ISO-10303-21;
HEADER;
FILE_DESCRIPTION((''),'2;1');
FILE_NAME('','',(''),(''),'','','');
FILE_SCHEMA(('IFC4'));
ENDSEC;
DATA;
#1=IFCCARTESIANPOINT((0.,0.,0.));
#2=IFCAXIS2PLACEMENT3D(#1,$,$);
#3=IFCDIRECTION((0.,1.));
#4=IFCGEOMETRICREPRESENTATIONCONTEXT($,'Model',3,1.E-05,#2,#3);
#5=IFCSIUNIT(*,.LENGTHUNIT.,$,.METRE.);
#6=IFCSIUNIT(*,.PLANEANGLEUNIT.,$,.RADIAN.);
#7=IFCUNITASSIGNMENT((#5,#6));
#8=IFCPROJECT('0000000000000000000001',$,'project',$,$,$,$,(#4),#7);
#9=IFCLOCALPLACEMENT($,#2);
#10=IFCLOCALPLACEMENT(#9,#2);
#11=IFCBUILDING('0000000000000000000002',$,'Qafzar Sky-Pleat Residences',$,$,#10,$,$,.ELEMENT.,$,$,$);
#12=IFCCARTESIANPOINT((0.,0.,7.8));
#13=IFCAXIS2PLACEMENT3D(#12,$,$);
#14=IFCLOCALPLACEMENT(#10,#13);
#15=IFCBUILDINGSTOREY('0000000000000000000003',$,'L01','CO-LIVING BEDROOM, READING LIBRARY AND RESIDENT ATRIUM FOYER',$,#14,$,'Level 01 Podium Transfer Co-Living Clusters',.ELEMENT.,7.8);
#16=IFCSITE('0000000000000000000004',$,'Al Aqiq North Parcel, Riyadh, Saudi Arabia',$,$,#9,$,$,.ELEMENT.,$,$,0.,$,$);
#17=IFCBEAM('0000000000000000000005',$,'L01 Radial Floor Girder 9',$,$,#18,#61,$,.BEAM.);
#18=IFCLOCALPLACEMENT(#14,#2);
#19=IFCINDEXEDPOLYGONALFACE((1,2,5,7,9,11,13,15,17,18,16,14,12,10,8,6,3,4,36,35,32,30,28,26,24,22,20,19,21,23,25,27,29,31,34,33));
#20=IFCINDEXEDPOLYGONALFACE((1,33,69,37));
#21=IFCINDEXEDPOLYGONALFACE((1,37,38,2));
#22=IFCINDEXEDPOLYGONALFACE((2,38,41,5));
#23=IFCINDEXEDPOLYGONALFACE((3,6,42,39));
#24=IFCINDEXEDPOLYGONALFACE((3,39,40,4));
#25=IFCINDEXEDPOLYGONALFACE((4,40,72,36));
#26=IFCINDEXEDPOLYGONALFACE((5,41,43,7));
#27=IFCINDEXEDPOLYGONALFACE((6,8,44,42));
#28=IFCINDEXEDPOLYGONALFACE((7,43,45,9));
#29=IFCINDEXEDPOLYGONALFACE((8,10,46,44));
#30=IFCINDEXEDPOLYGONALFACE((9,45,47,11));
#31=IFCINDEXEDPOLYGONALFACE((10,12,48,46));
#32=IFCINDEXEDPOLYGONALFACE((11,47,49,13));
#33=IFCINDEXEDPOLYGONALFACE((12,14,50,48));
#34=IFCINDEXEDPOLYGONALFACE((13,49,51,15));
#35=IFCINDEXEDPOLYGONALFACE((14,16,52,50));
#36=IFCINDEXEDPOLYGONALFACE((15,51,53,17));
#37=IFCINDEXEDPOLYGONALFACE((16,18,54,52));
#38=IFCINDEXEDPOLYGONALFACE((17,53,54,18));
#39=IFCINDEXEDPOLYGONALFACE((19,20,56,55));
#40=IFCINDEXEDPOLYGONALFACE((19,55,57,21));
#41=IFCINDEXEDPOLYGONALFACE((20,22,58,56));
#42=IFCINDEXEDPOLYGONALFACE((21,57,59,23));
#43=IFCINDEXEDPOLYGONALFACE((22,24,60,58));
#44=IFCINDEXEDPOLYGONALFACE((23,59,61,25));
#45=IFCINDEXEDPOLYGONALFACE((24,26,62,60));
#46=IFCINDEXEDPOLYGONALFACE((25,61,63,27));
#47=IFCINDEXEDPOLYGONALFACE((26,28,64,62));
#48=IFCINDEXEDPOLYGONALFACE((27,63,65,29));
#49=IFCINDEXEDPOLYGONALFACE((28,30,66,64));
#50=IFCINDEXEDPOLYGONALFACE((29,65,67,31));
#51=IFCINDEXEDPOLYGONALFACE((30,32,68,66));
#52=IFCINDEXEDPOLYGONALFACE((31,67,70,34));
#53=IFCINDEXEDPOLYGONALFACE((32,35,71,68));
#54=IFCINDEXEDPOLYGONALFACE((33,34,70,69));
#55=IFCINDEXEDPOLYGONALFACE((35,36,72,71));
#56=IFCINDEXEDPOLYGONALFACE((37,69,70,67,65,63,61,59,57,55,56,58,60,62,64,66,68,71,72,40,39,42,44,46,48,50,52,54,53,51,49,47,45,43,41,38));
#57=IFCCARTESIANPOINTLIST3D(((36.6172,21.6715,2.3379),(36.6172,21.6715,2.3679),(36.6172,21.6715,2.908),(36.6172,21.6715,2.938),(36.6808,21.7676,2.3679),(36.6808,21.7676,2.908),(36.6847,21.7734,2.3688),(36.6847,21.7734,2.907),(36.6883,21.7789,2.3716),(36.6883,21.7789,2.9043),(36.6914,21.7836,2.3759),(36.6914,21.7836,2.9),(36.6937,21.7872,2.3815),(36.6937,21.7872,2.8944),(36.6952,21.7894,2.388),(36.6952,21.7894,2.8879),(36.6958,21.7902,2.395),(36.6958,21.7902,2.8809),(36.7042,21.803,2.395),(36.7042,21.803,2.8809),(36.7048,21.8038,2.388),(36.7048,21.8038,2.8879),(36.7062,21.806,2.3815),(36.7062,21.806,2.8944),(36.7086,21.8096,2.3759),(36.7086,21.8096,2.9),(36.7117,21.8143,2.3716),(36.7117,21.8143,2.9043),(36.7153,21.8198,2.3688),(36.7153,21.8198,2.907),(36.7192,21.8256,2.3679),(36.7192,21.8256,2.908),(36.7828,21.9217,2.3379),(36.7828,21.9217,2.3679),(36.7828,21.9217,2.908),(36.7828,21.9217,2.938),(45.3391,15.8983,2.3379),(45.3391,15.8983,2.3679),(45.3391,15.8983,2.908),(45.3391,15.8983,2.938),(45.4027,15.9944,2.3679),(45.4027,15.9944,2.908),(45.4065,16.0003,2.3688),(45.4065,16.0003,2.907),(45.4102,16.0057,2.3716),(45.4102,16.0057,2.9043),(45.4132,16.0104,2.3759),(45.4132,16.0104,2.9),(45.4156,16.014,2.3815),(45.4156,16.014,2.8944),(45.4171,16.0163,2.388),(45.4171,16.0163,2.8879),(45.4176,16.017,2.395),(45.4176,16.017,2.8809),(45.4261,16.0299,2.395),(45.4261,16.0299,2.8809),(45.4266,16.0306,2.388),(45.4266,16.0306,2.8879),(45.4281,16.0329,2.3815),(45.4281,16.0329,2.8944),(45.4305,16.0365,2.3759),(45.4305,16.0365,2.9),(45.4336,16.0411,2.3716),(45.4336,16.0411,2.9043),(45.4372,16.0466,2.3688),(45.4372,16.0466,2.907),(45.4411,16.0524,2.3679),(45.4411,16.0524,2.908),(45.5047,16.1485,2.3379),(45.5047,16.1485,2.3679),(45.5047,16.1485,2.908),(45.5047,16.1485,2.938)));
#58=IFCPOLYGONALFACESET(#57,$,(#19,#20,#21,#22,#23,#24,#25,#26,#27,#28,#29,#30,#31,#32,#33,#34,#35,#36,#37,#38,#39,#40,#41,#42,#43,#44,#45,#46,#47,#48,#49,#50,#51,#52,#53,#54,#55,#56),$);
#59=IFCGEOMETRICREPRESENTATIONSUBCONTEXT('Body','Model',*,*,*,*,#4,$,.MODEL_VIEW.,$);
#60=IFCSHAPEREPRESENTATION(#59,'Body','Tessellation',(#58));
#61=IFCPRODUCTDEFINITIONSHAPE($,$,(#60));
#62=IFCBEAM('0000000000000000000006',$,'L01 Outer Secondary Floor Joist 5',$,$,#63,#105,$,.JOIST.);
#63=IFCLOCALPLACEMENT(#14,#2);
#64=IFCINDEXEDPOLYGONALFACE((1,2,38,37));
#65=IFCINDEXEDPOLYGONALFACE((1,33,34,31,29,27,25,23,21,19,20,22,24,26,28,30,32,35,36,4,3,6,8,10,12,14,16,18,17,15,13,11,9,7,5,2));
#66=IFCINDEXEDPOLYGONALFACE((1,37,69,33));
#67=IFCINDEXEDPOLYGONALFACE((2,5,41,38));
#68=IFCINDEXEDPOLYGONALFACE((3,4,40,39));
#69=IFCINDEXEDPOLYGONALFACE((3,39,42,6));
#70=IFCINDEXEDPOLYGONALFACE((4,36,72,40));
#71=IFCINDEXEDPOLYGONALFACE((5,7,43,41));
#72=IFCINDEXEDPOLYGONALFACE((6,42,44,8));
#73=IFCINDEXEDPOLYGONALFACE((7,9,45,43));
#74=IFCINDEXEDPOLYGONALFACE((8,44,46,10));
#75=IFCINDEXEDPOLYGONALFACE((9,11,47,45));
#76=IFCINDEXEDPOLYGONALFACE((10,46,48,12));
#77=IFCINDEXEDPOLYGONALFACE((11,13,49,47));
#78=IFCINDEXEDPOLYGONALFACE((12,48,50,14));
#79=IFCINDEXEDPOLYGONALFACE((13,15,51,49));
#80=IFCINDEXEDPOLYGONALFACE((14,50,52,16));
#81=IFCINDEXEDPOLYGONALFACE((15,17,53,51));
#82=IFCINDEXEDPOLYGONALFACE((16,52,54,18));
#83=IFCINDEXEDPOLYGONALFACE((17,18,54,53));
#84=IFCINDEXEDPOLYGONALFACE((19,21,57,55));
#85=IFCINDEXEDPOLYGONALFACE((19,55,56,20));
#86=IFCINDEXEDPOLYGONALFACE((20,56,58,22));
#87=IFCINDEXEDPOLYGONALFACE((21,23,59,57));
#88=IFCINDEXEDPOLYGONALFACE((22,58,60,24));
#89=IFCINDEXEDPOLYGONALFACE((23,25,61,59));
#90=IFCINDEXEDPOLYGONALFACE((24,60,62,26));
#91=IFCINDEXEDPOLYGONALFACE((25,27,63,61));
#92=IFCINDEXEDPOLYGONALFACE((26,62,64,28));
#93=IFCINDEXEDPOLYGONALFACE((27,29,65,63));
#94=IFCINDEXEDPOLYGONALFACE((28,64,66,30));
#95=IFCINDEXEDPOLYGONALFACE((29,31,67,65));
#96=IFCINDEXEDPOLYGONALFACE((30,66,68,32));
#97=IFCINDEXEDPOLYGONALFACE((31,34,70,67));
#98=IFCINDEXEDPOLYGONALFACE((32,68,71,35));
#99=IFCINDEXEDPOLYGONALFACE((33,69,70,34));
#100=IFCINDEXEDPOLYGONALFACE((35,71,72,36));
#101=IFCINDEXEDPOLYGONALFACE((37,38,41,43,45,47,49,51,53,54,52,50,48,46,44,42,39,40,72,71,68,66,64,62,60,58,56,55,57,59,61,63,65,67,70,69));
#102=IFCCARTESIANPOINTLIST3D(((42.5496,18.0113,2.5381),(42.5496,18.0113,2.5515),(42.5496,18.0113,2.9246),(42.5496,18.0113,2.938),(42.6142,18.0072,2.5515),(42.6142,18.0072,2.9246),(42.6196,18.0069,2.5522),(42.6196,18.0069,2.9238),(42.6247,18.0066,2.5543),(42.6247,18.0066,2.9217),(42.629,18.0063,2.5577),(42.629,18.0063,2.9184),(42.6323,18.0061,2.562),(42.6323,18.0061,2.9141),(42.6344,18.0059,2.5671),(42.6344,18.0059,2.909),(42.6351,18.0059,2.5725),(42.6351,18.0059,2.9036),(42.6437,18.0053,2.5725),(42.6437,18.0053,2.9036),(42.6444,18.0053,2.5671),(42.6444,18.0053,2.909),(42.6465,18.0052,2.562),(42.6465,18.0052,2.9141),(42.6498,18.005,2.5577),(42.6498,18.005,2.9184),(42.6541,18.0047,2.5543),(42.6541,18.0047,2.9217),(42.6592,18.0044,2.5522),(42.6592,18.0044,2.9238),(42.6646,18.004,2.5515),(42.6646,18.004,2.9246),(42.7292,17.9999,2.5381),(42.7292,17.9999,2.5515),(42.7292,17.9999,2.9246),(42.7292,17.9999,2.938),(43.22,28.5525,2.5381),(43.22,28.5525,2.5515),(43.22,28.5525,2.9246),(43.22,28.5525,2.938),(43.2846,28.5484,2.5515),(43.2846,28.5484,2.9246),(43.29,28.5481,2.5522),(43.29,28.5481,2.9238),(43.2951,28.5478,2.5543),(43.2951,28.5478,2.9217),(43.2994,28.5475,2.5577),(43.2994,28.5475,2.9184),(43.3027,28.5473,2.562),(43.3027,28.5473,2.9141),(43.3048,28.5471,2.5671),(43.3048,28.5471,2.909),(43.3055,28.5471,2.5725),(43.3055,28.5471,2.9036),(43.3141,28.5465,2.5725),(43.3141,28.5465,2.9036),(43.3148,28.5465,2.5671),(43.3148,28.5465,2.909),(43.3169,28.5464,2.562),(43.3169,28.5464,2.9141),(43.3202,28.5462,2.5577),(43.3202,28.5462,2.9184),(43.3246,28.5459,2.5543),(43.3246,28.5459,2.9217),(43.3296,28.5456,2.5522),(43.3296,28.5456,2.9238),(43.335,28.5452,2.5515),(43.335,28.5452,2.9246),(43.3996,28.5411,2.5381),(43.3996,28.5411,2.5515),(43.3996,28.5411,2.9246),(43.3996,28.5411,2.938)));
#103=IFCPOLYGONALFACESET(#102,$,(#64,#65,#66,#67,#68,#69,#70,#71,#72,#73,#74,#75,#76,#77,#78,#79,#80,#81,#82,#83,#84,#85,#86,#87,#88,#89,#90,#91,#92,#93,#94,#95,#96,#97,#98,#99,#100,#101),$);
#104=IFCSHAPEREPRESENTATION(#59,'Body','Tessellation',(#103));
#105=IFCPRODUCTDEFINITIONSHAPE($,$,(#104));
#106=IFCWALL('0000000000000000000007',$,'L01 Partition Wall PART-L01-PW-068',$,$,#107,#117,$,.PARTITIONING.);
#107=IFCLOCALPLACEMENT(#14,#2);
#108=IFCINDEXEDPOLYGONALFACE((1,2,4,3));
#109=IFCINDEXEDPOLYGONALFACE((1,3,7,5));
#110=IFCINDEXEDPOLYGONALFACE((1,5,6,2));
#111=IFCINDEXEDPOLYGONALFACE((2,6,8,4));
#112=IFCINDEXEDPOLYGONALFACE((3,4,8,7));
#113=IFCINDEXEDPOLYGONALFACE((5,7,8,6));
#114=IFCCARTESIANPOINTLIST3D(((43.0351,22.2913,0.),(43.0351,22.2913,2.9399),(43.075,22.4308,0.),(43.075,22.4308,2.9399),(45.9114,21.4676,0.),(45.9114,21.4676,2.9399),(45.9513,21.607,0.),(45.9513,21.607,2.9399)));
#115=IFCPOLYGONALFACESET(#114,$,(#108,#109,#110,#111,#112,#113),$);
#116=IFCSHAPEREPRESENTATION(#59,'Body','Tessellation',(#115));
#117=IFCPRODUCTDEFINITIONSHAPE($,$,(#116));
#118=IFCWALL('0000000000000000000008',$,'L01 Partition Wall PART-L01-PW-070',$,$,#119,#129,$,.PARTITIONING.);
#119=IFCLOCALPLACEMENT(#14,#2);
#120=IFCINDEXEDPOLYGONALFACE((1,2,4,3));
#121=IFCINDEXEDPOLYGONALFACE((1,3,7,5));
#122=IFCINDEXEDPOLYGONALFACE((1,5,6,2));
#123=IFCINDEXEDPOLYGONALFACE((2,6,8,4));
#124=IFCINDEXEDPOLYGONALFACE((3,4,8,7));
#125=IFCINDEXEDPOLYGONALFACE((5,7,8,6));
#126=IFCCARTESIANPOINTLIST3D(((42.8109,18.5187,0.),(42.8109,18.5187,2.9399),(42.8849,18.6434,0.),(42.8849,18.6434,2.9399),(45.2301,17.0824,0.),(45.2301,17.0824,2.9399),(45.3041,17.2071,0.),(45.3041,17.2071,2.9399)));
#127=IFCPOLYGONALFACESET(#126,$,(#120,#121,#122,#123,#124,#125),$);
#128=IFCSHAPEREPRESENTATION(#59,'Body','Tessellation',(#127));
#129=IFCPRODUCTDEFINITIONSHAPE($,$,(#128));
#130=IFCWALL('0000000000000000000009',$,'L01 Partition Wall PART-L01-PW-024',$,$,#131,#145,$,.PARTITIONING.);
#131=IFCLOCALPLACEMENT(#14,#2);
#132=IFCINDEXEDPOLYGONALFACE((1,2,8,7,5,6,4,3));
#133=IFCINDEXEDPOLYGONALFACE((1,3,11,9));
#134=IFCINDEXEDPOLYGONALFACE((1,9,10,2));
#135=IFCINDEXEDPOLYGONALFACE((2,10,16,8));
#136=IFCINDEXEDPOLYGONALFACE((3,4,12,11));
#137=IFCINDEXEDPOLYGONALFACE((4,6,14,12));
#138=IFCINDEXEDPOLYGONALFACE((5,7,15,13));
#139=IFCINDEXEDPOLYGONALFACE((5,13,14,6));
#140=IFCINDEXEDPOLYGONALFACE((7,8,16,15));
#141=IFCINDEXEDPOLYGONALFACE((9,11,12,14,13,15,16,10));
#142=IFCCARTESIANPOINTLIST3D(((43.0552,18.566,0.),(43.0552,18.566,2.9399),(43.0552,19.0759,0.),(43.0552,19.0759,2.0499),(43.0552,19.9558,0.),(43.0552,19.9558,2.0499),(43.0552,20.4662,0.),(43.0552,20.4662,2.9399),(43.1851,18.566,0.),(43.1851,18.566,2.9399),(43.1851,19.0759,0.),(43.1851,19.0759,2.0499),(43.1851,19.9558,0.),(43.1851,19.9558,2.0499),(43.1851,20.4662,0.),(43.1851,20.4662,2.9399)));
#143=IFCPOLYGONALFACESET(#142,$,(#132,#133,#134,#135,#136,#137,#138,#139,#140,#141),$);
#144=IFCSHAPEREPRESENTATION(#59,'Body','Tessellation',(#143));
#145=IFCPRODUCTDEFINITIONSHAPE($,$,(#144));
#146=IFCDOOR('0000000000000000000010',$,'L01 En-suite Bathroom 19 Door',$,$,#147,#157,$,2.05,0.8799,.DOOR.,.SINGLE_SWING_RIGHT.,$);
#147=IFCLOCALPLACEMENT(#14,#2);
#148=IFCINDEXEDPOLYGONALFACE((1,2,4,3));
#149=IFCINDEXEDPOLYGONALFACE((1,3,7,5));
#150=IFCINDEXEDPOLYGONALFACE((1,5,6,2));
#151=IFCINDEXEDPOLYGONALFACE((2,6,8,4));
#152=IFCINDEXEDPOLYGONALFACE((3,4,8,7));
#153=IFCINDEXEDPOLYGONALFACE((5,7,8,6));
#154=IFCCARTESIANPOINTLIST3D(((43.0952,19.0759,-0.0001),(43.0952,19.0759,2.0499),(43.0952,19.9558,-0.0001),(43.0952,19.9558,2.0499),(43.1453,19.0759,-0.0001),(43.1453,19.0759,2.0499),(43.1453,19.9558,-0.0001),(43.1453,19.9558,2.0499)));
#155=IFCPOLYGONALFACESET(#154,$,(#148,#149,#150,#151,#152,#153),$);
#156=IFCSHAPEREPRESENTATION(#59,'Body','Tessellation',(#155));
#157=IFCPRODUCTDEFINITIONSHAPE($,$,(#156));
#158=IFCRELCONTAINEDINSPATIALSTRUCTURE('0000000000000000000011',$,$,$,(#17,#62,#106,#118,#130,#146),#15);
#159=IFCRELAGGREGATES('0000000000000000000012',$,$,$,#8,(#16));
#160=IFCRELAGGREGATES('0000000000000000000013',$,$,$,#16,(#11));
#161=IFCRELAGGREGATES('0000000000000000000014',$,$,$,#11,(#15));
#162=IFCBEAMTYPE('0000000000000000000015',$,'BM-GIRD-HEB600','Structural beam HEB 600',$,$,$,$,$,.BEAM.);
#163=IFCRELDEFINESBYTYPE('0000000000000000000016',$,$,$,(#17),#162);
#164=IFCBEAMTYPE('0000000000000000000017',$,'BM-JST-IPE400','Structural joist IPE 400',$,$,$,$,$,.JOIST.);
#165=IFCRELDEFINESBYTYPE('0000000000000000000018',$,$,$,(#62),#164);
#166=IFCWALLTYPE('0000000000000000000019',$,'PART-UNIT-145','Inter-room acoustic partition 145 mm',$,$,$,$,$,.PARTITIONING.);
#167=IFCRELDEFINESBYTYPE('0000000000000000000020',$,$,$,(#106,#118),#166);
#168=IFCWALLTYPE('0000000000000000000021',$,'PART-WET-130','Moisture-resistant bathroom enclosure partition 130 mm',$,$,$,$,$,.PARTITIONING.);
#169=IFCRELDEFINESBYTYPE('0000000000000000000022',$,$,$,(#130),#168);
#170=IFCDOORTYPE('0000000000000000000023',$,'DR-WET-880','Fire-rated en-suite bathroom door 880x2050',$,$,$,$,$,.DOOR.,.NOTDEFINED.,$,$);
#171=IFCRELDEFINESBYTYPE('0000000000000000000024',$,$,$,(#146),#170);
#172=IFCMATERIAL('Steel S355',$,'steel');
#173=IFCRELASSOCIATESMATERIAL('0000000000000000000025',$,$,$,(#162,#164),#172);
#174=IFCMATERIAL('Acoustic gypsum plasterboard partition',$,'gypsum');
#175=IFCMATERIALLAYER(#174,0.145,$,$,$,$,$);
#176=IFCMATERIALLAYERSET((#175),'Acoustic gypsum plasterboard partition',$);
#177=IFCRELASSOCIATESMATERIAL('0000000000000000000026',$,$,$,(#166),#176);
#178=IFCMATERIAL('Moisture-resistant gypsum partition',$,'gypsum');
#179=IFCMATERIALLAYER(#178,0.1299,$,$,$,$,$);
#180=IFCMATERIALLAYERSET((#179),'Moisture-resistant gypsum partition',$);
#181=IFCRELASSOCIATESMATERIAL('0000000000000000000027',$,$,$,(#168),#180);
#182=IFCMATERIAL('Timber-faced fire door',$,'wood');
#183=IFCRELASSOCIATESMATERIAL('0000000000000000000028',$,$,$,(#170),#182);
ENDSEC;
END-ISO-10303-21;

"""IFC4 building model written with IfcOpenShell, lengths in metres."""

from ifc_helpers import new_model, si_unit, direction, frame, frame_2d, origin, origin_2d, place, context, subcontext, project, spatial, rectangle, i_section, extrude, source, transform, mapped, material, layer, layer_set, material_profile, profile_set, type_object, element, fill, save


model = new_model("IFC4")

# Units and contexts
model_context = context("Model", 3, precision=1e-05, world=origin(), true_north=direction((0.0, 1.0)))
body_context = subcontext(model_context, "Body", "Model", "MODEL_VIEW")
ifc_project = project(units=[si_unit("LENGTHUNIT", "METRE"), si_unit("PLANEANGLEUNIT", "RADIAN")], contexts=[model_context])

# Site, building, storey
site_placement = place(None, origin())
site = spatial("IfcSite", under=ifc_project, at=site_placement, Name="Al Aqiq North Parcel, Riyadh, Saudi Arabia", CompositionType="ELEMENT", RefElevation=0.0)
building_placement = place(site_placement, origin())
building = spatial("IfcBuilding", under=site, at=building_placement, Name="Qafzar Sky-Pleat Residences", CompositionType="ELEMENT")
storey_placement = place(building_placement, frame((0.0, 0.0, 7.8)))
storey = spatial("IfcBuildingStorey", under=building, at=storey_placement, Name="L01", Description="CO-LIVING BEDROOM, READING LIBRARY AND RESIDENT ATRIUM FOYER", LongName="Level 01 Podium Transfer Co-Living Clusters", CompositionType="ELEMENT", Elevation=7.8)

# Beams
ifc_material_1 = material(Name="Steel S355", Category="steel")
ifc_material_profile_1 = material_profile(ifc_material_1, i_section(OverallWidth=0.3, OverallDepth=0.6001, WebThickness=0.0154, FlangeThickness=0.03, FilletRadius=0.0271, at=origin_2d()), Name="HEB 600")
ifc_profile_set_1 = profile_set([ifc_material_profile_1], Name="Steel S355")
beam_type_1 = type_object("IfcBeamType", Name="BM-GIRD-HEB600", Description="Structural beam HEB 600", PredefinedType="BEAM", material=ifc_profile_set_1)
shared_shape_1 = source(origin(), body_context, "Body", "SweptSolid", [
    extrude(i_section(OverallWidth=0.3, OverallDepth=0.6001, WebThickness=0.0154, FlangeThickness=0.03, FilletRadius=0.0271, at=origin_2d()), origin(), (0.0, 0.0, 1.0), 10.4595),
])
beam_1_placement = place(storey_placement, frame((45.4219, 16.0234, 2.6379), z_axis=(-0.833874, 0.551955, 0.0), x_axis=(-0.551955, -0.833874, 0.0)))
element("IfcBeam", 1, at=beam_1_placement, inside=storey, type_object=beam_type_1, Name="L01 Radial Floor Girder 9", PredefinedType="BEAM", context=body_context, shape_type="MappedRepresentation", body=[
    mapped(shared_shape_1, transform((0.0, 0.0, 0.0), x_axis=(1.0, 0.0, 0.0), y_axis=(0.0, 1.0, 0.0), z_axis=(0.0, 0.0, 1.0), scale=1.0)),
])
ifc_material_profile_2 = material_profile(ifc_material_1, i_section(OverallWidth=0.1799, OverallDepth=0.3999, WebThickness=0.0085, FlangeThickness=0.0134, FilletRadius=0.021, at=origin_2d()), Name="IPE 400")
ifc_profile_set_2 = profile_set([ifc_material_profile_2], Name="Steel S355")
beam_type_2 = type_object("IfcBeamType", Name="BM-JST-IPE400", Description="Structural joist IPE 400", PredefinedType="JOIST", material=ifc_profile_set_2)
shared_shape_2 = source(origin(), body_context, "Body", "SweptSolid", [
    extrude(i_section(OverallWidth=0.1799, OverallDepth=0.3999, WebThickness=0.0085, FlangeThickness=0.0134, FilletRadius=0.021, at=origin_2d()), origin(), (0.0, 0.0, 1.0), 10.5625),
])
beam_2_placement = place(storey_placement, frame((42.6394, 18.0056, 2.738), z_axis=(0.06347, 0.997984, 0.0), x_axis=(-0.997984, 0.06347, 0.0)))
element("IfcBeam", 2, at=beam_2_placement, inside=storey, type_object=beam_type_2, Name="L01 Outer Secondary Floor Joist 5", PredefinedType="JOIST", context=body_context, shape_type="MappedRepresentation", body=[
    mapped(shared_shape_2, transform((0.0, 0.0, 0.0), x_axis=(1.0, 0.0, 0.0), y_axis=(0.0, 1.0, 0.0), z_axis=(0.0, 0.0, 1.0), scale=1.0)),
])

# Walls
ifc_material_2 = material(Name="Acoustic gypsum plasterboard partition", Category="gypsum")
ifc_layer_1 = layer(ifc_material_2, 0.145)
ifc_layer_set_1 = layer_set([ifc_layer_1], Name="Acoustic gypsum plasterboard partition")
wall_type_1 = type_object("IfcWallType", Name="PART-UNIT-145", Description="Inter-room acoustic partition 145 mm", PredefinedType="PARTITIONING", material=ifc_layer_set_1)
wall_1_placement = place(storey_placement, frame((43.0549, 22.3611, 0.0), z_axis=(0.0, 0.0, 1.0), x_axis=(0.961351, -0.275325, 0.0)))
element("IfcWall", 3, at=wall_1_placement, inside=storey, type_object=wall_type_1, Name="L01 Partition Wall PART-L01-PW-068", PredefinedType="PARTITIONING", context=body_context, shape_type="SweptSolid", body=[
    extrude(rectangle(XDim=2.9919, YDim=0.145, at=frame_2d((1.4961, 0.0))), origin(), (0.0, 0.0, 1.0), 2.9399),
])
wall_2_placement = place(storey_placement, frame((42.8479, 18.5811, 0.0), z_axis=(0.0, 0.0, 1.0), x_axis=(0.859873, -0.510509, 0.0)))
element("IfcWall", 4, at=wall_2_placement, inside=storey, type_object=wall_type_1, Name="L01 Partition Wall PART-L01-PW-070", PredefinedType="PARTITIONING", context=body_context, shape_type="SweptSolid", body=[
    extrude(rectangle(XDim=2.8135, YDim=0.145, at=frame_2d((1.4067, 0.0))), origin(), (0.0, 0.0, 1.0), 2.9399),
])

# Wall, opening, door
ifc_material_3 = material(Name="Moisture-resistant gypsum partition", Category="gypsum")
ifc_layer_2 = layer(ifc_material_3, 0.1299)
ifc_layer_set_2 = layer_set([ifc_layer_2], Name="Moisture-resistant gypsum partition")
wall_type_2 = type_object("IfcWallType", Name="PART-WET-130", Description="Moisture-resistant bathroom enclosure partition 130 mm", PredefinedType="PARTITIONING", material=ifc_layer_set_2)
wall_3_placement = place(storey_placement, frame((43.1201, 18.5659, 0.0), z_axis=(0.0, 0.0, 1.0), x_axis=(0.0, 1.0, 0.0)))
wall_3 = element("IfcWall", 5, at=wall_3_placement, inside=storey, type_object=wall_type_2, Name="L01 Partition Wall PART-L01-PW-024", PredefinedType="PARTITIONING", context=body_context, shape_type="SweptSolid", body=[
    extrude(rectangle(XDim=1.9001, YDim=0.1299, at=frame_2d((0.9502, 0.0))), origin(), (0.0, 0.0, 1.0), 2.9399),
])
opening_1_placement = place(wall_3_placement, frame((0.51, 0.0, 0.0)))
opening_1 = element("IfcOpeningElement", 6, at=opening_1_placement, cuts=wall_3, PredefinedType="OPENING", context=body_context, shape_type="SweptSolid", body=[
    extrude(rectangle(XDim=0.8799, YDim=2.05, at=frame_2d((0.4399, 1.0249))), frame((0.0, 0.075, 0.0), z_axis=(0.0, -1.0, 0.0), x_axis=(1.0, 0.0, 0.0)), (0.0, 0.0, 1.0), 0.1499),
])
ifc_material_4 = material(Name="Timber-faced fire door", Category="wood")
door_type = type_object("IfcDoorType", Name="DR-WET-880", Description="Fire-rated en-suite bathroom door 880x2050", OperationType="NOTDEFINED", PredefinedType="DOOR", material=ifc_material_4)
shared_shape_3 = source(origin(), body_context, "Body", "SweptSolid", [
    extrude(rectangle(XDim=0.8799, YDim=2.05, at=frame_2d((0.4399, 1.0249))), frame((0.0, 0.0249, 0.0), z_axis=(0.0, -1.0, 0.0), x_axis=(1.0, 0.0, 0.0)), (0.0, 0.0, 1.0), 0.05),
])
door_1_placement = place(opening_1_placement, origin())
door_1 = element("IfcDoor", 7, at=door_1_placement, inside=storey, type_object=door_type, Name="L01 En-suite Bathroom 19 Door", OperationType="SINGLE_SWING_RIGHT", OverallHeight=2.05, OverallWidth=0.8799, PredefinedType="DOOR", context=body_context, shape_type="MappedRepresentation", body=[
    mapped(shared_shape_3, transform((0.0, 0.0, 0.0), x_axis=(1.0, 0.0, 0.0), y_axis=(0.0, 1.0, 0.0), z_axis=(0.0, 0.0, 1.0), scale=1.0)),
])
fill(opening_1, door_1)

save(model, "model.ifc")
